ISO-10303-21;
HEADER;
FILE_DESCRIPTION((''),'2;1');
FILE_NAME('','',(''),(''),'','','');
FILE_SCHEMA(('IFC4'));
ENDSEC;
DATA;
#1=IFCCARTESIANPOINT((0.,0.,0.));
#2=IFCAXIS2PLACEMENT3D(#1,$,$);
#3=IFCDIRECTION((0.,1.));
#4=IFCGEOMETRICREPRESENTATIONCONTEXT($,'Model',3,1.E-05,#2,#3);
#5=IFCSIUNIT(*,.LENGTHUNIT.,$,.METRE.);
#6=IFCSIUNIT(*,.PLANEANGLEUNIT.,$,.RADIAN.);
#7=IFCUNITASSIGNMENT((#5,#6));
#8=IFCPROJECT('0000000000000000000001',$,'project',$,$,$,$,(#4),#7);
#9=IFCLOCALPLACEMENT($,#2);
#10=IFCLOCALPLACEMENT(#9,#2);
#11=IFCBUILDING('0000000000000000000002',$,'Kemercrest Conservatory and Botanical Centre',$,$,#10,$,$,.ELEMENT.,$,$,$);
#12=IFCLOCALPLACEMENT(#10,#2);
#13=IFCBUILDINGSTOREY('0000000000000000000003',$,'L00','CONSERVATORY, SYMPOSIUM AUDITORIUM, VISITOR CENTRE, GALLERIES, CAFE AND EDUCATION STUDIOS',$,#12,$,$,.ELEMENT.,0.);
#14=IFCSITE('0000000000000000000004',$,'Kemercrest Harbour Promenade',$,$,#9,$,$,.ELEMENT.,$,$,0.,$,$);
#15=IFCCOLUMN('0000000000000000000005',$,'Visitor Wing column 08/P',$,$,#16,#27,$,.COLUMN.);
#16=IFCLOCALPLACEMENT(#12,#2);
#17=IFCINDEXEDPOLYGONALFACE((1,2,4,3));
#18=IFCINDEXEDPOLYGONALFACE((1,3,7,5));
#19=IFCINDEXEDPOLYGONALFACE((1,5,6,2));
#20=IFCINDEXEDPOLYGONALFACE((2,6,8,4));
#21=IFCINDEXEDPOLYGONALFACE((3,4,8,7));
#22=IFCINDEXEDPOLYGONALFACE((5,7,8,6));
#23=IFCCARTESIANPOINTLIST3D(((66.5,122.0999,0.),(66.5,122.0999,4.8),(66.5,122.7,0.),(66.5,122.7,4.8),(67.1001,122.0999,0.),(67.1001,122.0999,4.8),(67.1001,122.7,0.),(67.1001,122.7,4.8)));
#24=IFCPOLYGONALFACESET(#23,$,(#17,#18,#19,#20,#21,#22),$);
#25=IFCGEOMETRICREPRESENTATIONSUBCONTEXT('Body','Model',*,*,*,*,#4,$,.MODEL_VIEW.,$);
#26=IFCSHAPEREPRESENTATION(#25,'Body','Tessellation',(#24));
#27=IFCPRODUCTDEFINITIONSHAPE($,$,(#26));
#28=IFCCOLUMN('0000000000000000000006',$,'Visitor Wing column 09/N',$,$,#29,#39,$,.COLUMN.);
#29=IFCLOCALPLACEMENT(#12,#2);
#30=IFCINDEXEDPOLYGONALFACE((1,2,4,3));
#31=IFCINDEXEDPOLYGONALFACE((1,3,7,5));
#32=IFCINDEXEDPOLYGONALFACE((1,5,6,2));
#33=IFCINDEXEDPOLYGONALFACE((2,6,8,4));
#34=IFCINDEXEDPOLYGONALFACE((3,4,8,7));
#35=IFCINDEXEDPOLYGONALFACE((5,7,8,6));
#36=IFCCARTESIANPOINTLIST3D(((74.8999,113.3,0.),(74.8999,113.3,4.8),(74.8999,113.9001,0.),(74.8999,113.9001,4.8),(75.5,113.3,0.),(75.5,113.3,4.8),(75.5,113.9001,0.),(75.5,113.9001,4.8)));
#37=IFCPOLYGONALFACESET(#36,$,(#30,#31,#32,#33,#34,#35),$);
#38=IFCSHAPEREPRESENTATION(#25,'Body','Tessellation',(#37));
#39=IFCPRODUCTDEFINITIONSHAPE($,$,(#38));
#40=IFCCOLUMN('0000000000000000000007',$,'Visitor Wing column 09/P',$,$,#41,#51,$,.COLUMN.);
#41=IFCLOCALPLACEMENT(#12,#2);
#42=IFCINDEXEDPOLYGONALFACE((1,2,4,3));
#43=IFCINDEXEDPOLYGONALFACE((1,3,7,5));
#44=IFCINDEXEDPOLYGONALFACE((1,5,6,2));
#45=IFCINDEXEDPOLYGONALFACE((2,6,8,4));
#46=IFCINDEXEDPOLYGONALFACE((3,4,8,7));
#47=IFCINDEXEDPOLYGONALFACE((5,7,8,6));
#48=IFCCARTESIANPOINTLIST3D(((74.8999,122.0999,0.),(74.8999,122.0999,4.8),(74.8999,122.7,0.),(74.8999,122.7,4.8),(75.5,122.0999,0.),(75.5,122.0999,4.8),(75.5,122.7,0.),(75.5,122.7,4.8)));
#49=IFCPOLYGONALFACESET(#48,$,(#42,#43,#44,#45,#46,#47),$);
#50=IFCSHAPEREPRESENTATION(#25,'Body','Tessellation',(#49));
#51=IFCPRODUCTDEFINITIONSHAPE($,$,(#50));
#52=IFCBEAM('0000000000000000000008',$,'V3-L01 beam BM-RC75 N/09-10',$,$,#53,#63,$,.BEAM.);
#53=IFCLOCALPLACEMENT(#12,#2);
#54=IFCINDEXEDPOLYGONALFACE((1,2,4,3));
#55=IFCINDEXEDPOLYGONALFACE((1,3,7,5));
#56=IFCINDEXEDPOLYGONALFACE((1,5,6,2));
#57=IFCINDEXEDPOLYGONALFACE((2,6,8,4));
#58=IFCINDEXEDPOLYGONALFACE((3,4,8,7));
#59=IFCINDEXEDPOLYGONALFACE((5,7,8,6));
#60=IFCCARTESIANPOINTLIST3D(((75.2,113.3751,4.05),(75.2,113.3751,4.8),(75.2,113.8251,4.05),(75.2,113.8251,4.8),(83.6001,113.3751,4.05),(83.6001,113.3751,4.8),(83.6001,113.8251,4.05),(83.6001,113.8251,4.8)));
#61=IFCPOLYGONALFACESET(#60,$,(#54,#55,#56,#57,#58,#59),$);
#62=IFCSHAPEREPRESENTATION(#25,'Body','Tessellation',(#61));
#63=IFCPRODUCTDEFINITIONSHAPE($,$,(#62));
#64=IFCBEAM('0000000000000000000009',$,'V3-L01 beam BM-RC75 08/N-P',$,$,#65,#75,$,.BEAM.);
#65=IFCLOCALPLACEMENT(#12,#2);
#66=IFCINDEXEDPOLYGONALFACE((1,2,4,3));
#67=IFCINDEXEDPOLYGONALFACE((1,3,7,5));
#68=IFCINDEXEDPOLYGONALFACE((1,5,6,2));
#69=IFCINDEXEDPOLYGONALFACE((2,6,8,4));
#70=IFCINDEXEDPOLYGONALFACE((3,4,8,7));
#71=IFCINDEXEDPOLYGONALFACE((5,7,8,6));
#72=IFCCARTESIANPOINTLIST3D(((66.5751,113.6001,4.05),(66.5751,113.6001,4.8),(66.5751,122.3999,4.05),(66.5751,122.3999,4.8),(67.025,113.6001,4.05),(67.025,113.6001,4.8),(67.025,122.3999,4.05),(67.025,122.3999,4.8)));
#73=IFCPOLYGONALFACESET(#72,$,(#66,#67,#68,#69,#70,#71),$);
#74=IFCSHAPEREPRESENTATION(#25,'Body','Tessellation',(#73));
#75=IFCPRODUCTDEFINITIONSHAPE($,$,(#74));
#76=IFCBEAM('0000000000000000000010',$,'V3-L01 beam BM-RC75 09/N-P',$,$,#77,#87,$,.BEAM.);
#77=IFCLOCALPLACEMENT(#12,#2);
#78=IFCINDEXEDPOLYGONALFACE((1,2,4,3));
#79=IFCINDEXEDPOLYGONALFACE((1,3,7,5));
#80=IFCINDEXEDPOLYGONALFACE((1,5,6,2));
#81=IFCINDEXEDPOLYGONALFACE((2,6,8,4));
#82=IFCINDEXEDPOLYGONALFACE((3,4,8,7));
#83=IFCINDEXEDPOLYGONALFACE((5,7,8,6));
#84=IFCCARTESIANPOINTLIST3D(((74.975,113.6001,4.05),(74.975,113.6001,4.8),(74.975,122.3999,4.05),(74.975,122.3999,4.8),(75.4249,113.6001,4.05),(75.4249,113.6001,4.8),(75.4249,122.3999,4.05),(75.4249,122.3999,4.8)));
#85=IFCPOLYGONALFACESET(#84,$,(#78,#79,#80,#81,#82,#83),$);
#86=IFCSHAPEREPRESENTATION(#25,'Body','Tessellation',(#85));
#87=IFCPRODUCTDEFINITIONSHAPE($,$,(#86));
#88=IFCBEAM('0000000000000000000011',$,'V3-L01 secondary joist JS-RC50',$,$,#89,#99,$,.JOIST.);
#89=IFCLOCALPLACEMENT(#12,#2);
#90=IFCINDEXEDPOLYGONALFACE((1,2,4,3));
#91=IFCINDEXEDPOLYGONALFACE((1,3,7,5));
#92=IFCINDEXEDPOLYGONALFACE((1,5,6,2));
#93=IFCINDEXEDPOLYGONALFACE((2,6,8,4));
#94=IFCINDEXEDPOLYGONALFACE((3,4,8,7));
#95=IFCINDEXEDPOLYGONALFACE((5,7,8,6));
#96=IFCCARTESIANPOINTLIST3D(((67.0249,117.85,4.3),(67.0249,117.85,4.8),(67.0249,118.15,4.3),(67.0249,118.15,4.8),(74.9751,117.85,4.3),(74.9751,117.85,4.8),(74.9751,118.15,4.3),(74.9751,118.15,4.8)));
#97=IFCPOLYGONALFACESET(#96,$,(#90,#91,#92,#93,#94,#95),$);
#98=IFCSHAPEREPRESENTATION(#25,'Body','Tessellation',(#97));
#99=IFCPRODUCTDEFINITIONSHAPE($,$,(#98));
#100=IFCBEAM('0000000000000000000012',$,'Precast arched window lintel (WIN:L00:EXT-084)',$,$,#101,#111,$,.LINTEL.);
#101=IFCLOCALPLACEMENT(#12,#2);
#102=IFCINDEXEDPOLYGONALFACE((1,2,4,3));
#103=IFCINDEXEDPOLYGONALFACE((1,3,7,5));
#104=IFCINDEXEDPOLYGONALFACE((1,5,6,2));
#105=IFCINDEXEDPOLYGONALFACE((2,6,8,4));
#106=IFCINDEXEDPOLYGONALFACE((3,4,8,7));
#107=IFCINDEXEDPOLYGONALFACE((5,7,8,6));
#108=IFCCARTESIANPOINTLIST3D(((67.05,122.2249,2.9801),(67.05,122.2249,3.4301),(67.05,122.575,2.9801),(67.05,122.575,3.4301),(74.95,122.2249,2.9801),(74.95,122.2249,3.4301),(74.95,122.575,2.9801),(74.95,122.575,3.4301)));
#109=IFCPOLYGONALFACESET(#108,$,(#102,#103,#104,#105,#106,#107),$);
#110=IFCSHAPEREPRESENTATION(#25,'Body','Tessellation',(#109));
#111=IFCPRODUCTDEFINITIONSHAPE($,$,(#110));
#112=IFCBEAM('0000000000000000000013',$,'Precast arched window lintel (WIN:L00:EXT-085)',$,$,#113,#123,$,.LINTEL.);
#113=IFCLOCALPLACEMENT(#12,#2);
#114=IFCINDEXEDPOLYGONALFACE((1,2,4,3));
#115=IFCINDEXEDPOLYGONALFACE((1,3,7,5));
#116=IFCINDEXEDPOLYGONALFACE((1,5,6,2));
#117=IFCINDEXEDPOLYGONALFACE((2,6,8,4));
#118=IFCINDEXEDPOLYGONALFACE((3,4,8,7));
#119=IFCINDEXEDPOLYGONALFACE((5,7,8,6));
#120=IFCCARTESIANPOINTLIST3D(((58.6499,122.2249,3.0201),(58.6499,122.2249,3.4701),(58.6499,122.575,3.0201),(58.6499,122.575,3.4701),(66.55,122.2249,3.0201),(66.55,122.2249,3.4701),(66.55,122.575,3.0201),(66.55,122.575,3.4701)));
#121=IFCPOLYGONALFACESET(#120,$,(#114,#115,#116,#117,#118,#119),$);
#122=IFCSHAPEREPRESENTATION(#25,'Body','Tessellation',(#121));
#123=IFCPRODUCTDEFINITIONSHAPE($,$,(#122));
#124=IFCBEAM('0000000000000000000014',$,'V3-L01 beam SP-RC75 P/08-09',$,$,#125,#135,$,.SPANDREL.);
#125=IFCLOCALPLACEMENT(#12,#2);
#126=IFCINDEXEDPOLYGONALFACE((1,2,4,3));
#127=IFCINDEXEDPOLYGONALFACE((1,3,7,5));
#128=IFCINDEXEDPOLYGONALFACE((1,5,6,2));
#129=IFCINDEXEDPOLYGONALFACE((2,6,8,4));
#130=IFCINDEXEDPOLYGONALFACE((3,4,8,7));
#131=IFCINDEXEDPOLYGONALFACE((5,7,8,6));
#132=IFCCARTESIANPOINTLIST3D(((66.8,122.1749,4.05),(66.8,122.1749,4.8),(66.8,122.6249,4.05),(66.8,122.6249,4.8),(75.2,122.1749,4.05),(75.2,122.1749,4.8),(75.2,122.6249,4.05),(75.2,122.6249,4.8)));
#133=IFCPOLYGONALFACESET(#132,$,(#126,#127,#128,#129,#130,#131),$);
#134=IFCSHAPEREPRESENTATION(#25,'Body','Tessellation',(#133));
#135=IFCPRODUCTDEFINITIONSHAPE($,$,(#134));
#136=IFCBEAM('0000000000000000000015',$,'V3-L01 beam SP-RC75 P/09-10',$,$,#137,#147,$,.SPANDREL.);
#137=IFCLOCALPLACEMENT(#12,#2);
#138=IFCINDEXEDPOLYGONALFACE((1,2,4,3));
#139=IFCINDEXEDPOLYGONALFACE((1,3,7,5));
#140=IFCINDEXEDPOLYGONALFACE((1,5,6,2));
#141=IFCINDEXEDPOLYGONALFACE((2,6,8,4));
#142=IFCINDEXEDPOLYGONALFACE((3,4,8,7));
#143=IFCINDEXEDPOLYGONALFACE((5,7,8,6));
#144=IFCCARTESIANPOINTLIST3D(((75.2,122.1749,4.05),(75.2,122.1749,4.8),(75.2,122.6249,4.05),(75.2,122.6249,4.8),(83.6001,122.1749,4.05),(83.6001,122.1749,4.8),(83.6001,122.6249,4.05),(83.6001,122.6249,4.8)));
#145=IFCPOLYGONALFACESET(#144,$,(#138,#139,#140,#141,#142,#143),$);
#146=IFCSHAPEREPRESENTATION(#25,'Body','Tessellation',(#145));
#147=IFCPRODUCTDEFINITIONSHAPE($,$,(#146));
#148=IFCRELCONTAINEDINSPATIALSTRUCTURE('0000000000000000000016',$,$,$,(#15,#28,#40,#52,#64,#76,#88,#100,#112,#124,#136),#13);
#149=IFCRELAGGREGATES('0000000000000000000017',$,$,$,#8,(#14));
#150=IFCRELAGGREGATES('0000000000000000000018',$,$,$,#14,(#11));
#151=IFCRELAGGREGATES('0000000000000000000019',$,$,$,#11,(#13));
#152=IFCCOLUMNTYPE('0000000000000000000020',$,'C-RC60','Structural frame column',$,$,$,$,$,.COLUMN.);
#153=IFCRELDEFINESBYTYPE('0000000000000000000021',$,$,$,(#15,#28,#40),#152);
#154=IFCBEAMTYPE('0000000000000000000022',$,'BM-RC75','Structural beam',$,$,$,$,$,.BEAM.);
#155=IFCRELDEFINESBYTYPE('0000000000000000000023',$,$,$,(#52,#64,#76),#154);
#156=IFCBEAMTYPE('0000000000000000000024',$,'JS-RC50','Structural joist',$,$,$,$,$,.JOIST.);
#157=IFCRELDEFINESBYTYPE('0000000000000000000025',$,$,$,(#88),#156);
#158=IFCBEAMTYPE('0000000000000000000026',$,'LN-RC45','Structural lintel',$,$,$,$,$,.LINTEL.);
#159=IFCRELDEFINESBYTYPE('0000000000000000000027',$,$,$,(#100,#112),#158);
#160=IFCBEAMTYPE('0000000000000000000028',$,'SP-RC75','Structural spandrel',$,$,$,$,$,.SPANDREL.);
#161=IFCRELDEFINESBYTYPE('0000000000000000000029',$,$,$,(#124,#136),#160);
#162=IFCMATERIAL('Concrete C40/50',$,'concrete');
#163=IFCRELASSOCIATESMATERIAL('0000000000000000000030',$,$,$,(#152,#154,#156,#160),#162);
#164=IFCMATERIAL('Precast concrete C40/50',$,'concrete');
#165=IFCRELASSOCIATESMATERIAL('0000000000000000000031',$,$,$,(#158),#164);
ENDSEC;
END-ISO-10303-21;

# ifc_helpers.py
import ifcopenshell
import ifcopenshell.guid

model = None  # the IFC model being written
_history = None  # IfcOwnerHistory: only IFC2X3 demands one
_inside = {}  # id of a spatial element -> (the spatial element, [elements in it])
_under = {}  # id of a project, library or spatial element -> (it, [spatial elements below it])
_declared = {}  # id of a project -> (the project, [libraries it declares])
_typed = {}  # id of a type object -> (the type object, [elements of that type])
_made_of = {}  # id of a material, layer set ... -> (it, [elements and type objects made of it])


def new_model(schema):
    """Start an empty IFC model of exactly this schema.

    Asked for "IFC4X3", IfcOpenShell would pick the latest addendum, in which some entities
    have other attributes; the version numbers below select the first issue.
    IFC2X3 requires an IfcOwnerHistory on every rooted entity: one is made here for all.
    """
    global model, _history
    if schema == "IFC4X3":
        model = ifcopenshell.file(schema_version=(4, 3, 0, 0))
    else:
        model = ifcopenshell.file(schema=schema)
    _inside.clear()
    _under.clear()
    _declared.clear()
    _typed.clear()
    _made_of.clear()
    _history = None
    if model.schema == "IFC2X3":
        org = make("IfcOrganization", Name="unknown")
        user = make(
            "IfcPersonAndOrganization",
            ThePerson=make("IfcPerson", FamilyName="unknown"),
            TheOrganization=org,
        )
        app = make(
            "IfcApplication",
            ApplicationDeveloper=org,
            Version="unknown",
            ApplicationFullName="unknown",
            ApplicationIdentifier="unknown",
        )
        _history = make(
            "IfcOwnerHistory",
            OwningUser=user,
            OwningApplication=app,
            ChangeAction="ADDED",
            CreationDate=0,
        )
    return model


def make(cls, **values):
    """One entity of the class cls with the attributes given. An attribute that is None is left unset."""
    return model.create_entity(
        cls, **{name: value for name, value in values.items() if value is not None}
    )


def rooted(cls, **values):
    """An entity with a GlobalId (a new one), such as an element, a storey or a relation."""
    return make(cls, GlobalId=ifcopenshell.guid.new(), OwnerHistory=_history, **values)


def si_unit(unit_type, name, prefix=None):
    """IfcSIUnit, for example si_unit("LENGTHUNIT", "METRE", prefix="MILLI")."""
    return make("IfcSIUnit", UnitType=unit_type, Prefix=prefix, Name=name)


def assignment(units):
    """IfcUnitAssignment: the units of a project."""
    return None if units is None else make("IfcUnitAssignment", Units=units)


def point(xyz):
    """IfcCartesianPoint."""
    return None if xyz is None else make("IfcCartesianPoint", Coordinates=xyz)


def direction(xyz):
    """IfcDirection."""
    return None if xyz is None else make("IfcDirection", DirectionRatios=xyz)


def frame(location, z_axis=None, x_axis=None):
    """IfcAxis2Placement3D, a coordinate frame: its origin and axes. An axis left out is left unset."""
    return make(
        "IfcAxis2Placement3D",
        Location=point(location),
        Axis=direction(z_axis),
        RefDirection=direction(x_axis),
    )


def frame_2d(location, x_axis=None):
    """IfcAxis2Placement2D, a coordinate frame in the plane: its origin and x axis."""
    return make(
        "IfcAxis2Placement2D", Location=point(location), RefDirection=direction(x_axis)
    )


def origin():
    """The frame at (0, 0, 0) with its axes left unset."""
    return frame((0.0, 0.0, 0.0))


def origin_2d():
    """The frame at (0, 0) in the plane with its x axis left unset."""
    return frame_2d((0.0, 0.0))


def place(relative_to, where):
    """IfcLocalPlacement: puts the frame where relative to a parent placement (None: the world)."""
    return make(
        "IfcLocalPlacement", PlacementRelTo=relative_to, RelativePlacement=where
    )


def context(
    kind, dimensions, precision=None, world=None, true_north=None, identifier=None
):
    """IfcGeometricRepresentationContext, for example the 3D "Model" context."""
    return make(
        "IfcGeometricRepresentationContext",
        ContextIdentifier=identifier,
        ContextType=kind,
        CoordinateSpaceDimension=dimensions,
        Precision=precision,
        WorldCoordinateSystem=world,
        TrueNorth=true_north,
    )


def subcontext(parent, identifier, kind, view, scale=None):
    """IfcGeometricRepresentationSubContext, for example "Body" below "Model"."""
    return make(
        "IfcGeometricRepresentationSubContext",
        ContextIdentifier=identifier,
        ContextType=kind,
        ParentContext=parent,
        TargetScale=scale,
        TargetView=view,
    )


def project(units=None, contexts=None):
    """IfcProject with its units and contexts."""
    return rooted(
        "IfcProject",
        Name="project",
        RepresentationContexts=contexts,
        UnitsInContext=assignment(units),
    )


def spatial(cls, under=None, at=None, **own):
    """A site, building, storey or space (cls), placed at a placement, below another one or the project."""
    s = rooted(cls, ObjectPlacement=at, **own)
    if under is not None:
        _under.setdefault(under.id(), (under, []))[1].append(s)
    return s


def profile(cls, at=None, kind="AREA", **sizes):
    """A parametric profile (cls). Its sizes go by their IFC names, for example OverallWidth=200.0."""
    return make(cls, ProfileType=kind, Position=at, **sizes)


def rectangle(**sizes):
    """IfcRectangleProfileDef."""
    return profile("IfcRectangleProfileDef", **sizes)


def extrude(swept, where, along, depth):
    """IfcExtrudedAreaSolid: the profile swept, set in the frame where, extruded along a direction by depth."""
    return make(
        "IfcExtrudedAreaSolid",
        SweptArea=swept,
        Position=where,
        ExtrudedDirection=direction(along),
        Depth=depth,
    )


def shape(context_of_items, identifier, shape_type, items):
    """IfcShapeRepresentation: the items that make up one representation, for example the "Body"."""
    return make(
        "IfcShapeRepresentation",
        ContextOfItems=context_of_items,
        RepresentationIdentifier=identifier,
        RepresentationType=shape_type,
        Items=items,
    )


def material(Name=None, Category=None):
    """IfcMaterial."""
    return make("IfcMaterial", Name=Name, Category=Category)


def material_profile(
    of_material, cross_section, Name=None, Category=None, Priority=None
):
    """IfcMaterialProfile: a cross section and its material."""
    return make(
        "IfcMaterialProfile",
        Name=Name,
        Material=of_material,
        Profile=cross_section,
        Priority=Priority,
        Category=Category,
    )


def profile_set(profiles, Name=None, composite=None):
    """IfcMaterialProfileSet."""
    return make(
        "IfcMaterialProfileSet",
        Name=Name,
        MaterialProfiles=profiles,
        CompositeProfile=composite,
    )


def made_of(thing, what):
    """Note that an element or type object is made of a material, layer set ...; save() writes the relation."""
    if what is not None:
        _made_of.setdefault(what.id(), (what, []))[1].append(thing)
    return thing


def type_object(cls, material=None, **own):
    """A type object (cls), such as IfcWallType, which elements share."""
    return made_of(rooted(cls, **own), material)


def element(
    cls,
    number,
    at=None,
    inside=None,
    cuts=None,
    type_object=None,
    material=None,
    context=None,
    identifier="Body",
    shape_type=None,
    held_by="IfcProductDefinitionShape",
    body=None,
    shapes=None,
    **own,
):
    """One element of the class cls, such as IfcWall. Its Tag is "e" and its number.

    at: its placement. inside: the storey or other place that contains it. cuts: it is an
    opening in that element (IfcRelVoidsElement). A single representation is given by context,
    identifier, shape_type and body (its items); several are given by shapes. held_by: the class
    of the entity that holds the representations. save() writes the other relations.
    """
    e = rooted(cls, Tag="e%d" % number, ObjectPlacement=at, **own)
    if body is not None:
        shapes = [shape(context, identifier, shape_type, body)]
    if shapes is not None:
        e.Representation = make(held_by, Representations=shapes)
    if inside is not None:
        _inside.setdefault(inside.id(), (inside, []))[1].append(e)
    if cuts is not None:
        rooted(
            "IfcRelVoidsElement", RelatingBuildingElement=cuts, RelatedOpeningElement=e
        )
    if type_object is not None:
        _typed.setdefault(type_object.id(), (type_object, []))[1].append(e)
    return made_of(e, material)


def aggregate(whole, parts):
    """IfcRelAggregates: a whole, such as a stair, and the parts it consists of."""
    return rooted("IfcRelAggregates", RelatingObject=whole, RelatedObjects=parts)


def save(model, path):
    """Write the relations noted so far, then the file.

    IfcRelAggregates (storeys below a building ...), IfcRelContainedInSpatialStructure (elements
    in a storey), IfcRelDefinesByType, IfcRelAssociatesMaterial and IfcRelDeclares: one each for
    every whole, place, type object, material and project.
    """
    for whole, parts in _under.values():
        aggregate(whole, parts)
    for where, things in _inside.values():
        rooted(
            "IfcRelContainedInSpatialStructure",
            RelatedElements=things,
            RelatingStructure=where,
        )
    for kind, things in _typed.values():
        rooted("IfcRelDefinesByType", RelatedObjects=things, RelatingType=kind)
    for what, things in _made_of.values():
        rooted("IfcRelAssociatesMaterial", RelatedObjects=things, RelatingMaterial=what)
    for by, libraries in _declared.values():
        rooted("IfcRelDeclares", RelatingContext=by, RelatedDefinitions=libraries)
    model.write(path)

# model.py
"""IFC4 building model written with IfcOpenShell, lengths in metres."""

from ifc_helpers import new_model, si_unit, direction, frame, origin, origin_2d, place, context, subcontext, project, spatial, rectangle, extrude, material, material_profile, profile_set, type_object, element, save


model = new_model("IFC4")

# Units and contexts
model_context = context("Model", 3, precision=1e-05, world=origin(), true_north=direction((0.0, 1.0)))
body_context = subcontext(model_context, "Body", "Model", "MODEL_VIEW")
ifc_project = project(units=[si_unit("LENGTHUNIT", "METRE"), si_unit("PLANEANGLEUNIT", "RADIAN")], contexts=[model_context])

# Site, building, storey
site_placement = place(None, origin())
site = spatial("IfcSite", under=ifc_project, at=site_placement, Name="Kemercrest Harbour Promenade", CompositionType="ELEMENT", RefElevation=0.0)
building_placement = place(site_placement, origin())
building = spatial("IfcBuilding", under=site, at=building_placement, Name="Kemercrest Conservatory and Botanical Centre", CompositionType="ELEMENT")
storey_placement = place(building_placement, origin())
storey = spatial("IfcBuildingStorey", under=building, at=storey_placement, Name="L00", Description="CONSERVATORY, SYMPOSIUM AUDITORIUM, VISITOR CENTRE, GALLERIES, CAFE AND EDUCATION STUDIOS", CompositionType="ELEMENT", Elevation=0.0)

# Columns
ifc_material_1 = material(Name="Concrete C40/50", Category="concrete")
ifc_material_profile_1 = material_profile(ifc_material_1, rectangle(XDim=0.6001, YDim=0.6001, at=origin_2d()), Name="RC 600x600")
ifc_profile_set_1 = profile_set([ifc_material_profile_1], Name="Concrete C40/50")
column_type = type_object("IfcColumnType", Name="C-RC60", Description="Structural frame column", PredefinedType="COLUMN", material=ifc_profile_set_1)
for number, where, z_axis, x_axis, name in (
    (1, (66.8, 122.3999, 0.0), (0.0, 0.0, 1.0), (1.0, 0.0, 0.0), "Visitor Wing column 08/P"),
    (2, (75.2, 113.6001, 0.0), (0.0, 0.0, 1.0), (1.0, 0.0, 0.0), "Visitor Wing column 09/N"),
    (3, (75.2, 122.3999, 0.0), (0.0, 0.0, 1.0), (1.0, 0.0, 0.0), "Visitor Wing column 09/P"),
):
    element("IfcColumn", number, at=place(storey_placement, frame(where, z_axis=z_axis, x_axis=x_axis)), inside=storey, type_object=column_type, Name=name, PredefinedType="COLUMN", context=body_context, shape_type="SweptSolid", body=[
        extrude(rectangle(XDim=0.6001, YDim=0.6001, at=origin_2d()), origin(), (0.0, 0.0, 1.0), 4.8),
    ])

# Beams
ifc_material_profile_2 = material_profile(ifc_material_1, rectangle(XDim=0.45, YDim=0.75, at=origin_2d()), Name="RC 450x750")
ifc_profile_set_2 = profile_set([ifc_material_profile_2], Name="Concrete C40/50")
beam_type_1 = type_object("IfcBeamType", Name="BM-RC75", Description="Structural beam", PredefinedType="BEAM", material=ifc_profile_set_2)
beam_1_placement = place(storey_placement, frame((75.2, 113.6001, 4.425), z_axis=(1.0, 0.0, 0.0), x_axis=(0.0, 1.0, 0.0)))
element("IfcBeam", 4, at=beam_1_placement, inside=storey, type_object=beam_type_1, Name="V3-L01 beam BM-RC75 N/09-10", PredefinedType="BEAM", context=body_context, shape_type="SweptSolid", body=[
    extrude(rectangle(XDim=0.45, YDim=0.75, at=origin_2d()), origin(), (0.0, 0.0, 1.0), 8.4001),
])
for number, where, z_axis, x_axis, name in (
    (5, (66.8, 113.6001, 4.425), (0.0, 1.0, 0.0), (-1.0, 0.0, 0.0), "V3-L01 beam BM-RC75 08/N-P"),
    (6, (75.2, 113.6001, 4.425), (0.0, 1.0, 0.0), (-1.0, 0.0, 0.0), "V3-L01 beam BM-RC75 09/N-P"),
):
    element("IfcBeam", number, at=place(storey_placement, frame(where, z_axis=z_axis, x_axis=x_axis)), inside=storey, type_object=beam_type_1, Name=name, PredefinedType="BEAM", context=body_context, shape_type="SweptSolid", body=[
        extrude(rectangle(XDim=0.45, YDim=0.75, at=origin_2d()), origin(), (0.0, 0.0, 1.0), 8.7998),
    ])
ifc_material_profile_3 = material_profile(ifc_material_1, rectangle(XDim=0.3, YDim=0.5, at=origin_2d()), Name="RC 300x500")
ifc_profile_set_3 = profile_set([ifc_material_profile_3], Name="Concrete C40/50")
beam_type_2 = type_object("IfcBeamType", Name="JS-RC50", Description="Structural joist", PredefinedType="JOIST", material=ifc_profile_set_3)
beam_2_placement = place(storey_placement, frame((67.0249, 118.0, 4.55), z_axis=(1.0, 0.0, 0.0), x_axis=(0.0, 1.0, 0.0)))
element("IfcBeam", 7, at=beam_2_placement, inside=storey, type_object=beam_type_2, Name="V3-L01 secondary joist JS-RC50", PredefinedType="JOIST", context=body_context, shape_type="SweptSolid", body=[
    extrude(rectangle(XDim=0.3, YDim=0.5, at=origin_2d()), origin(), (0.0, 0.0, 1.0), 7.9502),
])
ifc_material_2 = material(Name="Precast concrete C40/50", Category="concrete")
ifc_material_profile_4 = material_profile(ifc_material_2, rectangle(XDim=0.3501, YDim=0.45, at=origin_2d()), Name="RC 350x450")
ifc_profile_set_4 = profile_set([ifc_material_profile_4], Name="Precast concrete C40/50")
beam_type_3 = type_object("IfcBeamType", Name="LN-RC45", Description="Structural lintel", PredefinedType="LINTEL", material=ifc_profile_set_4)
beam_3_placement = place(storey_placement, frame((74.95, 122.3999, 3.2051), z_axis=(-1.0, 0.0, 0.0), x_axis=(0.0, -1.0, 0.0)))
element("IfcBeam", 8, at=beam_3_placement, inside=storey, type_object=beam_type_3, Name="Precast arched window lintel (WIN:L00:EXT-084)", PredefinedType="LINTEL", context=body_context, shape_type="SweptSolid", body=[
    extrude(rectangle(XDim=0.3501, YDim=0.45, at=origin_2d()), origin(), (0.0, 0.0, 1.0), 7.8999),
])
beam_4_placement = place(storey_placement, frame((66.55, 122.3999, 3.2451), z_axis=(-1.0, 0.0, 0.0), x_axis=(0.0, -1.0, 0.0)))
element("IfcBeam", 9, at=beam_4_placement, inside=storey, type_object=beam_type_3, Name="Precast arched window lintel (WIN:L00:EXT-085)", PredefinedType="LINTEL", context=body_context, shape_type="SweptSolid", body=[
    extrude(rectangle(XDim=0.3501, YDim=0.45, at=origin_2d()), origin(), (0.0, 0.0, 1.0), 7.9001),
])
ifc_material_profile_5 = material_profile(ifc_material_1, rectangle(XDim=0.45, YDim=0.75, at=origin_2d()), Name="RC 450x750")
ifc_profile_set_5 = profile_set([ifc_material_profile_5], Name="Concrete C40/50")
beam_type_4 = type_object("IfcBeamType", Name="SP-RC75", Description="Structural spandrel", PredefinedType="SPANDREL", material=ifc_profile_set_5)
beam_5_placement = place(storey_placement, frame((66.8, 122.3999, 4.425), z_axis=(1.0, 0.0, 0.0), x_axis=(0.0, 1.0, 0.0)))
element("IfcBeam", 10, at=beam_5_placement, inside=storey, type_object=beam_type_4, Name="V3-L01 beam SP-RC75 P/08-09", PredefinedType="SPANDREL", context=body_context, shape_type="SweptSolid", body=[
    extrude(rectangle(XDim=0.45, YDim=0.75, at=origin_2d()), origin(), (0.0, 0.0, 1.0), 8.3999),
])
beam_6_placement = place(storey_placement, frame((75.2, 122.3999, 4.425), z_axis=(1.0, 0.0, 0.0), x_axis=(0.0, 1.0, 0.0)))
element("IfcBeam", 11, at=beam_6_placement, inside=storey, type_object=beam_type_4, Name="V3-L01 beam SP-RC75 P/09-10", PredefinedType="SPANDREL", context=body_context, shape_type="SweptSolid", body=[
    extrude(rectangle(XDim=0.45, YDim=0.75, at=origin_2d()), origin(), (0.0, 0.0, 1.0), 8.4001),
])

save(model, "model.ifc")
